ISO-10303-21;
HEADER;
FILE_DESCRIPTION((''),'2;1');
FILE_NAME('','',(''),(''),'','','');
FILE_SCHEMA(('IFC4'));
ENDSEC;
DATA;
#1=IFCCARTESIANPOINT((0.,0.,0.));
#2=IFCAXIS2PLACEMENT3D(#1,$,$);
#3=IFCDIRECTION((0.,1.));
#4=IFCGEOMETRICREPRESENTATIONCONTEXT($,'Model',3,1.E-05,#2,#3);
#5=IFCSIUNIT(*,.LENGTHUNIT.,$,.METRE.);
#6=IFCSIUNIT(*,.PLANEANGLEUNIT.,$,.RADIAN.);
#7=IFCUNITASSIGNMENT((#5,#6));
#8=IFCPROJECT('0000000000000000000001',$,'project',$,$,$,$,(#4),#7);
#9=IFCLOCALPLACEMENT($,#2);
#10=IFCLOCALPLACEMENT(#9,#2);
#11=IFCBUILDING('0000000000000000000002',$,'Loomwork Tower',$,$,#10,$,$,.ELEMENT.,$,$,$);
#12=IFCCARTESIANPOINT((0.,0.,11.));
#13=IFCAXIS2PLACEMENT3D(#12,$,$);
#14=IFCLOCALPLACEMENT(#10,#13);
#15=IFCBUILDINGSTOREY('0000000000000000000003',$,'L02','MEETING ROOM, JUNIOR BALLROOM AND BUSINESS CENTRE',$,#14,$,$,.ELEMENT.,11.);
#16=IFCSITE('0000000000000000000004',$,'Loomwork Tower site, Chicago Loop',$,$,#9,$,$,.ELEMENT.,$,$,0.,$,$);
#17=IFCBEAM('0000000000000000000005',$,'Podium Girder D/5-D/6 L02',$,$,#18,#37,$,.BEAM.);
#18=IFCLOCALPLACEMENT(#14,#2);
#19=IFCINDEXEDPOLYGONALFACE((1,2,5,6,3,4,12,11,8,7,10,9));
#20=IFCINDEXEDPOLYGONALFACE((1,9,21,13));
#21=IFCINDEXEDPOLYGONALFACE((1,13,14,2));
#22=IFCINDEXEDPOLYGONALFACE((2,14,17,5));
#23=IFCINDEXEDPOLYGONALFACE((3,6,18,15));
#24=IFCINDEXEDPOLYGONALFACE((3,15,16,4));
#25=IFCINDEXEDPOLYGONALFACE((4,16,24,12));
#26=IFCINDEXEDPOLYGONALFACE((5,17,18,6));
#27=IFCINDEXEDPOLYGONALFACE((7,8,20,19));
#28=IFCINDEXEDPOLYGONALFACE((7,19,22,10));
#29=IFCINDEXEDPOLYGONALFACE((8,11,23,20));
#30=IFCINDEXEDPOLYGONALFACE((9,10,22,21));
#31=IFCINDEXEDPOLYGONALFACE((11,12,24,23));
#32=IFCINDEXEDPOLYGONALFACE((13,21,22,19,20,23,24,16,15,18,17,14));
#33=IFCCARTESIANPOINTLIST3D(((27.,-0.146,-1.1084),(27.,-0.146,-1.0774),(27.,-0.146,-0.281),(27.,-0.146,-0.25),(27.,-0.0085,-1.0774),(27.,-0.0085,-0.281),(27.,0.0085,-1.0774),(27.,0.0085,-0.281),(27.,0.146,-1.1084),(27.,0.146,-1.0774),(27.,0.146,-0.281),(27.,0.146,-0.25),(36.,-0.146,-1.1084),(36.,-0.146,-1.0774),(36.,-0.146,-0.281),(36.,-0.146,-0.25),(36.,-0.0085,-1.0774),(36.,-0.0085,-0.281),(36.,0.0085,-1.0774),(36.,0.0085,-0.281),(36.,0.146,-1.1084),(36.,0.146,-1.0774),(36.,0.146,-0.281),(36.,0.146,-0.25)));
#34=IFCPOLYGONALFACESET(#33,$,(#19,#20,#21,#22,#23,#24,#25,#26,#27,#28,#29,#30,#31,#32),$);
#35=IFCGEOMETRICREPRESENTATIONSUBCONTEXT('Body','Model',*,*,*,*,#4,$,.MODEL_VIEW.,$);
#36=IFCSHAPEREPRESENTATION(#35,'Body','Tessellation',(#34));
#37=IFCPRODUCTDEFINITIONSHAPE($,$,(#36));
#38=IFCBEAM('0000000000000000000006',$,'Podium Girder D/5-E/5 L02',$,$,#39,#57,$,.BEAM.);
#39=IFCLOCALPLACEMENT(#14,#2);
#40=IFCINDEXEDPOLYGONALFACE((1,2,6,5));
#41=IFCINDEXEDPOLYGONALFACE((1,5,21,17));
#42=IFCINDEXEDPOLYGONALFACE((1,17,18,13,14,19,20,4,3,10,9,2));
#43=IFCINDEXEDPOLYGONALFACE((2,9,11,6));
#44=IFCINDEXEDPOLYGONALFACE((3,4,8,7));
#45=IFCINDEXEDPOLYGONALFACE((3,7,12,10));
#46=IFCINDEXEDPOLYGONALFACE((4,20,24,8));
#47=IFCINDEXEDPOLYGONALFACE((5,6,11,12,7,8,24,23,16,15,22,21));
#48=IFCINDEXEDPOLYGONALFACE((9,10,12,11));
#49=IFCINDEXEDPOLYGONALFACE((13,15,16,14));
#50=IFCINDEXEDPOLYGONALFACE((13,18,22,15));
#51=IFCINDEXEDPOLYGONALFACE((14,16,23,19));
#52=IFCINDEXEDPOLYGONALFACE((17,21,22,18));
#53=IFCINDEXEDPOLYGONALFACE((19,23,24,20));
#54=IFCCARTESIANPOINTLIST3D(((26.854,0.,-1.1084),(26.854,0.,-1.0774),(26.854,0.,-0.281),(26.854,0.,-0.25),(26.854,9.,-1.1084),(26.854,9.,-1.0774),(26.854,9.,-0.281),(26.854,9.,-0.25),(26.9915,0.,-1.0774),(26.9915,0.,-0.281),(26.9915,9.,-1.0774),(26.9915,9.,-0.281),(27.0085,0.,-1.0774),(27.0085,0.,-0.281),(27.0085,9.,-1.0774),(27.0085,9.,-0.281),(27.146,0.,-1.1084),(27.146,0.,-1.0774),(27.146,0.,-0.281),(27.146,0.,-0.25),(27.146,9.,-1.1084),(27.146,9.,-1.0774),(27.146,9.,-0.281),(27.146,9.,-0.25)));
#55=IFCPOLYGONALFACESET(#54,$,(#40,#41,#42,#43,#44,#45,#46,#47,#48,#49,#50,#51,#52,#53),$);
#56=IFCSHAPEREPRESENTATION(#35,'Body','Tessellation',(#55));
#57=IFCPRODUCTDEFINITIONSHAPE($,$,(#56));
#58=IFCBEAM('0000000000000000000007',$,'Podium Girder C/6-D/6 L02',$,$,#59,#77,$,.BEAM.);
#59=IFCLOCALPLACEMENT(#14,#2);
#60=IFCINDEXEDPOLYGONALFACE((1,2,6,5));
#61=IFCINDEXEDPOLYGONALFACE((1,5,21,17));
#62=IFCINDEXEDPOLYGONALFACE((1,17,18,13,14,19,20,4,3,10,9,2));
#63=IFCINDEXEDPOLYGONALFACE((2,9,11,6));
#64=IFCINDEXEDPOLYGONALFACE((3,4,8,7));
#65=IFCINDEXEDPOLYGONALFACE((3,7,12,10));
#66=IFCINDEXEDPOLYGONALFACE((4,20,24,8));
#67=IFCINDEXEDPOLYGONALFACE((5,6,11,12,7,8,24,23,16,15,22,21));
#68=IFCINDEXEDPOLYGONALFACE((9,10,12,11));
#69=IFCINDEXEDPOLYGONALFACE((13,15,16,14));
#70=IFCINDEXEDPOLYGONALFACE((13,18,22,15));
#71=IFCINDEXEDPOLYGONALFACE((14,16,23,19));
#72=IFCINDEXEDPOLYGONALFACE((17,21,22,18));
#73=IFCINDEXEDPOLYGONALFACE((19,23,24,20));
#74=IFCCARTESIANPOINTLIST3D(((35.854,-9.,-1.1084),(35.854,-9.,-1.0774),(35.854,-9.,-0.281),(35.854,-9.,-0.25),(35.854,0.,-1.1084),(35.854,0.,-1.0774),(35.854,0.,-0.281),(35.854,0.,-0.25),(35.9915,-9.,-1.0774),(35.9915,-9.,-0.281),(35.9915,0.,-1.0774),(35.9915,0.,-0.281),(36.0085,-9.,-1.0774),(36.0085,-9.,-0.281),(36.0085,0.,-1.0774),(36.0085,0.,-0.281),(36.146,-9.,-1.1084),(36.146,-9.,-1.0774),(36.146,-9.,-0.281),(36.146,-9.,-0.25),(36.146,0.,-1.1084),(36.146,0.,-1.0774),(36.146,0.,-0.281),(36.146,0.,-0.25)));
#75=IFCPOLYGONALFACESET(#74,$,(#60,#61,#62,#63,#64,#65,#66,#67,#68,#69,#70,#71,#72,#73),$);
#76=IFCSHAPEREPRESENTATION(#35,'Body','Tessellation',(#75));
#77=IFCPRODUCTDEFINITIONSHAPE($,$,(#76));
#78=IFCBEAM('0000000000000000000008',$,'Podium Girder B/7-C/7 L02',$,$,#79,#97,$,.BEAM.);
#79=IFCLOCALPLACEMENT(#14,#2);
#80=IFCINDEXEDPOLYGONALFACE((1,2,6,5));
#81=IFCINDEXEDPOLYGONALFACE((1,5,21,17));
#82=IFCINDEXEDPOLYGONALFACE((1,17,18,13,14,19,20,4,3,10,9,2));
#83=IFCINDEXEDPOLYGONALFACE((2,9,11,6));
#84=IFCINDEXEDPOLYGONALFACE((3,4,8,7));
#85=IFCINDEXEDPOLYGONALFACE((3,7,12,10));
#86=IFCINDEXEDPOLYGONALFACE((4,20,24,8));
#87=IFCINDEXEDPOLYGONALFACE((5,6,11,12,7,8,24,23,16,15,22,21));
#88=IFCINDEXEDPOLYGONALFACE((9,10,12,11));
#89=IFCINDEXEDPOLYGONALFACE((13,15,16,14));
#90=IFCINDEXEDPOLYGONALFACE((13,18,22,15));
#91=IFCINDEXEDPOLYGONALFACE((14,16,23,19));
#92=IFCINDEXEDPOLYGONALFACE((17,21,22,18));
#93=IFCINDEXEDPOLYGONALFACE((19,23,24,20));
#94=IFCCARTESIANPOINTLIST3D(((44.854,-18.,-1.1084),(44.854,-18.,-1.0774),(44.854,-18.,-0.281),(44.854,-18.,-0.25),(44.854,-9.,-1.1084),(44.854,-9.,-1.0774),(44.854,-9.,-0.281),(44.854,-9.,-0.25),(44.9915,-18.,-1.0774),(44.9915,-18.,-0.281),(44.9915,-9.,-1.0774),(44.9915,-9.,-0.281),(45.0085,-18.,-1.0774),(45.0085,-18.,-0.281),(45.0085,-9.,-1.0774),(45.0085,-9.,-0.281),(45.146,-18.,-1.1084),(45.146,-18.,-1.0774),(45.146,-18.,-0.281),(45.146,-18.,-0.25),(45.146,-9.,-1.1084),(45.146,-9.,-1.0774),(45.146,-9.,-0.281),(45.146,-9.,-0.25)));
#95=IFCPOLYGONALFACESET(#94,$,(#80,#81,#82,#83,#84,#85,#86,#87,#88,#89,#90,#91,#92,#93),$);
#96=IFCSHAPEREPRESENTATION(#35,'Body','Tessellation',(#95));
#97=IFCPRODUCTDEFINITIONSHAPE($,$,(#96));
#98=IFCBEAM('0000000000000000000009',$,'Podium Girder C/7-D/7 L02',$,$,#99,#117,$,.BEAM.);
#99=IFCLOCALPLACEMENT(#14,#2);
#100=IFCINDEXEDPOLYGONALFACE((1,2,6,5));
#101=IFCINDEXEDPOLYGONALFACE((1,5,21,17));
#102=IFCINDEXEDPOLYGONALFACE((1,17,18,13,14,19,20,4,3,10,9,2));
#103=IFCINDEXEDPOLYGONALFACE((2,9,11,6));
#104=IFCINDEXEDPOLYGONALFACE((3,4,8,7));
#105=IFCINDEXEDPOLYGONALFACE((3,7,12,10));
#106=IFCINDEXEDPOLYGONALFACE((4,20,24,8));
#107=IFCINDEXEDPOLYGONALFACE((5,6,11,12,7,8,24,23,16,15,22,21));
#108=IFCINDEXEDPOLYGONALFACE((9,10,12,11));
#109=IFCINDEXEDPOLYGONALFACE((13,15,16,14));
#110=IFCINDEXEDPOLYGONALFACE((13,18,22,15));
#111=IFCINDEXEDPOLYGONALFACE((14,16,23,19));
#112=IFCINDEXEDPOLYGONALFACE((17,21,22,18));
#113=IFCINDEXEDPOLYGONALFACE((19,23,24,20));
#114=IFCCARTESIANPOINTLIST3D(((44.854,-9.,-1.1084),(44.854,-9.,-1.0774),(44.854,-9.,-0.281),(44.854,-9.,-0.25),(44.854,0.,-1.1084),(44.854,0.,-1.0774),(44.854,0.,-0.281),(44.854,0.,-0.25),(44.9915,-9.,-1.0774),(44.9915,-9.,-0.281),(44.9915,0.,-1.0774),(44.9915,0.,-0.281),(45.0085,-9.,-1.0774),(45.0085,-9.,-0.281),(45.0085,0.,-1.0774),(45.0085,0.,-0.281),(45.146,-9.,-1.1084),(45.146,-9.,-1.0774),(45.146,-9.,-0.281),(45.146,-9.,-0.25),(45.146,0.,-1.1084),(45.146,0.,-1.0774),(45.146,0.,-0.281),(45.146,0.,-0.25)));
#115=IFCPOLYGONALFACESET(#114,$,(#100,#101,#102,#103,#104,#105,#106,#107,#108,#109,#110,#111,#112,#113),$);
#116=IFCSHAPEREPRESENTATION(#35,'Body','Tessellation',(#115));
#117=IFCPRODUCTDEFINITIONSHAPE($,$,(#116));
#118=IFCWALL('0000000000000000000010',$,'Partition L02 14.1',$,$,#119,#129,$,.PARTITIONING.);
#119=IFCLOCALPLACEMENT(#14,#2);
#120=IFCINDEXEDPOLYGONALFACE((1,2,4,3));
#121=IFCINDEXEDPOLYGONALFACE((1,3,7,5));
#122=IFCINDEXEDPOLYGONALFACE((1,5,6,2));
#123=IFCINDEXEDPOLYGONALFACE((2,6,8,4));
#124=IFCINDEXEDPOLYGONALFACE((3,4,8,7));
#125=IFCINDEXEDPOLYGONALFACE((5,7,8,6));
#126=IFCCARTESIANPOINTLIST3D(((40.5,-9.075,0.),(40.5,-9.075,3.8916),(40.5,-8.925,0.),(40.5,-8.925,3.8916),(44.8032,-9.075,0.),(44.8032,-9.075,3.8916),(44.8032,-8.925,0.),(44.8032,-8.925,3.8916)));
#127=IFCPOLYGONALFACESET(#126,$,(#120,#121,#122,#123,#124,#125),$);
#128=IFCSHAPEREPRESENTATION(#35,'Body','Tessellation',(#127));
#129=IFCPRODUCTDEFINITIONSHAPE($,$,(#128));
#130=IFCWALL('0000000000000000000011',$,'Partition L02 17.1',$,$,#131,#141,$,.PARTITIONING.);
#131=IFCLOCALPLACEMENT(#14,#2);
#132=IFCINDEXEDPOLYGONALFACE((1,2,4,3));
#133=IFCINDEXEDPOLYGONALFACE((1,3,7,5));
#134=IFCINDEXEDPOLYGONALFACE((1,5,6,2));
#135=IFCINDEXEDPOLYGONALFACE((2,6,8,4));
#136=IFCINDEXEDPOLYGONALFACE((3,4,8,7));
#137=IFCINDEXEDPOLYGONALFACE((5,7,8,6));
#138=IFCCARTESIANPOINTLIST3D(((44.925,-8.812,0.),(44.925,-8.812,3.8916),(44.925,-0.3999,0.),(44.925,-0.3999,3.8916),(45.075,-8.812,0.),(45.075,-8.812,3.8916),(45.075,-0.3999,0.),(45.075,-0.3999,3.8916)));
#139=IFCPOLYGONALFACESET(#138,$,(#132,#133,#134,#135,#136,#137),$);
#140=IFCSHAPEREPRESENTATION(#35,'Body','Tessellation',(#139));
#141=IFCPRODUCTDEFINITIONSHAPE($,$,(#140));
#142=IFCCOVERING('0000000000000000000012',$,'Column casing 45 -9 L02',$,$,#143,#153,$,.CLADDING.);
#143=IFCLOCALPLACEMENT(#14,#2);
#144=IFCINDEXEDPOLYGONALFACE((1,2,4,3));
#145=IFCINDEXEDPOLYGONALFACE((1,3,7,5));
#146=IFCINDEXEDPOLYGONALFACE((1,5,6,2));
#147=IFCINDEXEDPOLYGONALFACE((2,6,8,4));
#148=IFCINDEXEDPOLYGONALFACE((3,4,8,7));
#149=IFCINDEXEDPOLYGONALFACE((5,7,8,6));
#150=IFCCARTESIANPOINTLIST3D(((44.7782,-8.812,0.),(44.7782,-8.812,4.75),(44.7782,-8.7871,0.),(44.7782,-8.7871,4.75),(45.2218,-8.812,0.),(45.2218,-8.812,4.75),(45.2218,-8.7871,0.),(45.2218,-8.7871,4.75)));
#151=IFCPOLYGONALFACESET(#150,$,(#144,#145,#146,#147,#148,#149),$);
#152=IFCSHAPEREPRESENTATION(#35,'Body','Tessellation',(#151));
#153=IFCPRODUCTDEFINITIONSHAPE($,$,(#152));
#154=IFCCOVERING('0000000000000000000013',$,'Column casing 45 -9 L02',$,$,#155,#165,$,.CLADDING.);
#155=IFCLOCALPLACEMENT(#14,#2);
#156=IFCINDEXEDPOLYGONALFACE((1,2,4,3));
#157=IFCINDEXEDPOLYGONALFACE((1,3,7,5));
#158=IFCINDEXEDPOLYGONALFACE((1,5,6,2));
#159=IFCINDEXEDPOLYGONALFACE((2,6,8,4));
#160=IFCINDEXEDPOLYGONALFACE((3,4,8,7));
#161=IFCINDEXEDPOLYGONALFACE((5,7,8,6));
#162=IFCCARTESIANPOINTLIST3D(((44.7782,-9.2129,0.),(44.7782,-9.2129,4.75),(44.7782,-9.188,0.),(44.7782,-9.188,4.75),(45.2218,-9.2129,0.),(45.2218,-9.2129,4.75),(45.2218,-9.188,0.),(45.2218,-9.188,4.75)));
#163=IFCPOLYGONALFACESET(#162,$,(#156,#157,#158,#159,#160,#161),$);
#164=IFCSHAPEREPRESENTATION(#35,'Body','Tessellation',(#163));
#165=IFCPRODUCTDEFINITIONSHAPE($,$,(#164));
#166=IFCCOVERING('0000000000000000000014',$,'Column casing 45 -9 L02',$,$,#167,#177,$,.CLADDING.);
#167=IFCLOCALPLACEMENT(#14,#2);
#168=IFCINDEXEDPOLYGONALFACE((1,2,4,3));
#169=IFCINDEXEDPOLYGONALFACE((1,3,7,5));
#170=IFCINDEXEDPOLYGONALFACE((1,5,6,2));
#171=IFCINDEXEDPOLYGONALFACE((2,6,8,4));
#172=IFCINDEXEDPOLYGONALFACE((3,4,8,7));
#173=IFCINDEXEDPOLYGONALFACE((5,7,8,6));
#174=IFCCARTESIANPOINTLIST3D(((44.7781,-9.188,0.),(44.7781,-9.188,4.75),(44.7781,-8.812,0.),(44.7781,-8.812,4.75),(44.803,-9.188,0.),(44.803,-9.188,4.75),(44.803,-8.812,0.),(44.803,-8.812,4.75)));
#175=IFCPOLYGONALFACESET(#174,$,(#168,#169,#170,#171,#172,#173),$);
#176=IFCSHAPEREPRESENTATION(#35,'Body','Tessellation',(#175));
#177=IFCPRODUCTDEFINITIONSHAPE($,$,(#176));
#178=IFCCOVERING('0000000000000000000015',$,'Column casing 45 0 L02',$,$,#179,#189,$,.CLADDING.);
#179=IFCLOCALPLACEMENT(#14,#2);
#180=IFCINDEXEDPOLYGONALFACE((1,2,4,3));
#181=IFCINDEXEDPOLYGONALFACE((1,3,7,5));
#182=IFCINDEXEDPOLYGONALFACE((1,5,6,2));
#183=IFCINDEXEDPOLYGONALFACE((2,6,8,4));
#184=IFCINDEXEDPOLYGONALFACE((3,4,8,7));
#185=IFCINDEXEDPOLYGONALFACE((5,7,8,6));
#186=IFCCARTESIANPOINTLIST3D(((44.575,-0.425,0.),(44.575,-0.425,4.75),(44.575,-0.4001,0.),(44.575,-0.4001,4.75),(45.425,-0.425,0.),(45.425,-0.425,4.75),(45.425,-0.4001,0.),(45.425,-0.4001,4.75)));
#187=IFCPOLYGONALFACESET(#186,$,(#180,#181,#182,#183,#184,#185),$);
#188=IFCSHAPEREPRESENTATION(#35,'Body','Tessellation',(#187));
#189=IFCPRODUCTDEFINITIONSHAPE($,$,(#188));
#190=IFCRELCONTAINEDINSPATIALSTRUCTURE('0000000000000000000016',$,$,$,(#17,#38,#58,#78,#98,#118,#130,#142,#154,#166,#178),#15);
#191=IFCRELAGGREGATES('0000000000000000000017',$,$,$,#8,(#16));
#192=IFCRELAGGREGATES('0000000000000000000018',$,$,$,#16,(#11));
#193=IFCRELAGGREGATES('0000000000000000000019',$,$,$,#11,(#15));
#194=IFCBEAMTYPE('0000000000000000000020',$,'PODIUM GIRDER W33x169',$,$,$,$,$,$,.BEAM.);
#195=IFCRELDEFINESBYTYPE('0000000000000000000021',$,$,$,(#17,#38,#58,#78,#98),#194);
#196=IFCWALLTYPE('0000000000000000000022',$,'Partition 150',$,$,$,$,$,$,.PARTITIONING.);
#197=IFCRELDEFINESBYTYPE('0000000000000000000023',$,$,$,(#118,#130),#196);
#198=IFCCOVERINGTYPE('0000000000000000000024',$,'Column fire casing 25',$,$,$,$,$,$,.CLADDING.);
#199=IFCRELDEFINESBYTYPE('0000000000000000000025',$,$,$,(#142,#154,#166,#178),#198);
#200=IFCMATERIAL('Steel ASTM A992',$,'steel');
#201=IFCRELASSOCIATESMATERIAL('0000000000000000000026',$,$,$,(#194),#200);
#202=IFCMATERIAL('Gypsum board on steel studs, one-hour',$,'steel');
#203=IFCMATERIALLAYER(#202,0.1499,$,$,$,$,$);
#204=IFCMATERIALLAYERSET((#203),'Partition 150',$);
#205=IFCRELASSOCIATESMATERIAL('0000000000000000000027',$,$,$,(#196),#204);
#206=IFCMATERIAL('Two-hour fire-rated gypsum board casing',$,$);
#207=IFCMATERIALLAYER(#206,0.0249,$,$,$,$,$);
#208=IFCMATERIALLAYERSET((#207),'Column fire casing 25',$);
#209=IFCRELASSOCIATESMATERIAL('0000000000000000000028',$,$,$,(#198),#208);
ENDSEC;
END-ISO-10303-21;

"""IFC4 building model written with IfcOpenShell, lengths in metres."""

from ifc_helpers import new_model, si_unit, direction, frame, frame_2d, origin, origin_2d, place, context, subcontext, project, spatial, rectangle, i_section, extrude, material, layer, layer_set, material_profile, profile_set, type_object, element, save


model = new_model("IFC4")

# Units and contexts
model_context = context("Model", 3, precision=1e-05, world=origin(), true_north=direction((0.0, 1.0)))
body_context = subcontext(model_context, "Body", "Model", "MODEL_VIEW")
ifc_project = project(units=[si_unit("LENGTHUNIT", "METRE"), si_unit("PLANEANGLEUNIT", "RADIAN")], contexts=[model_context])

# Site, building, storey
site_placement = place(None, origin())
site = spatial("IfcSite", under=ifc_project, at=site_placement, Name="Loomwork Tower site, Chicago Loop", CompositionType="ELEMENT", RefElevation=0.0)
building_placement = place(site_placement, origin())
building = spatial("IfcBuilding", under=site, at=building_placement, Name="Loomwork Tower", CompositionType="ELEMENT")
storey_placement = place(building_placement, frame((0.0, 0.0, 11.0)))
storey = spatial("IfcBuildingStorey", under=building, at=storey_placement, Name="L02", Description="MEETING ROOM, JUNIOR BALLROOM AND BUSINESS CENTRE", CompositionType="ELEMENT", Elevation=11.0)

# Beams
ifc_material_1 = material(Name="Steel ASTM A992", Category="steel")
ifc_material_profile_1 = material_profile(ifc_material_1, i_section(OverallWidth=0.292, OverallDepth=0.8584, WebThickness=0.0171, FlangeThickness=0.031, at=origin_2d()), Name="W33x169")
ifc_profile_set_1 = profile_set([ifc_material_profile_1], Name="Steel ASTM A992")
beam_type_1 = type_object("IfcBeamType", Name="PODIUM GIRDER W33x169", PredefinedType="BEAM", material=ifc_profile_set_1)
for number, where, z_axis, x_axis, name in (
    (1, (27.0, 0.0, -0.6792), (1.0, 0.0, 0.0), (0.0, 1.0, 0.0), "Podium Girder D/5-D/6 L02"),
    (2, (27.0, 0.0, -0.6792), (0.0, 1.0, 0.0), (-1.0, 0.0, 0.0), "Podium Girder D/5-E/5 L02"),
    (3, (36.0, -9.0, -0.6792), (0.0, 1.0, 0.0), (-1.0, 0.0, 0.0), "Podium Girder C/6-D/6 L02"),
    (4, (45.0, -18.0, -0.6792), (0.0, 1.0, 0.0), (-1.0, 0.0, 0.0), "Podium Girder B/7-C/7 L02"),
    (5, (45.0, -9.0, -0.6792), (0.0, 1.0, 0.0), (-1.0, 0.0, 0.0), "Podium Girder C/7-D/7 L02"),
):
    element("IfcBeam", number, at=place(storey_placement, frame(where, z_axis=z_axis, x_axis=x_axis)), inside=storey, type_object=beam_type_1, Name=name, PredefinedType="BEAM", context=body_context, shape_type="SweptSolid", body=[
        extrude(i_section(OverallWidth=0.292, OverallDepth=0.8584, WebThickness=0.0171, FlangeThickness=0.031, at=origin_2d()), origin(), (0.0, 0.0, 1.0), 9.0),
    ])

# Walls
ifc_material_2 = material(Name="Gypsum board on steel studs, one-hour", Category="steel")
ifc_layer_1 = layer(ifc_material_2, 0.1499)
ifc_layer_set_1 = layer_set([ifc_layer_1], Name="Partition 150")
wall_type = type_object("IfcWallType", Name="Partition 150", PredefinedType="PARTITIONING", material=ifc_layer_set_1)
wall_1_placement = place(storey_placement, frame((40.5, -9.0, 0.0), z_axis=(0.0, 0.0, 1.0), x_axis=(1.0, 0.0, 0.0)))
element("IfcWall", 6, at=wall_1_placement, inside=storey, type_object=wall_type, Name="Partition L02 14.1", PredefinedType="PARTITIONING", context=body_context, shape_type="SweptSolid", body=[
    extrude(rectangle(XDim=4.3032, YDim=0.1499, at=frame_2d((2.1516, 0.0))), origin(), (0.0, 0.0, 1.0), 3.8916),
])
wall_2_placement = place(storey_placement, frame((45.0, -8.812, 0.0), z_axis=(0.0, 0.0, 1.0), x_axis=(0.0, 1.0, 0.0)))
element("IfcWall", 7, at=wall_2_placement, inside=storey, type_object=wall_type, Name="Partition L02 17.1", PredefinedType="PARTITIONING", context=body_context, shape_type="SweptSolid", body=[
    extrude(rectangle(XDim=8.4121, YDim=0.1499, at=frame_2d((4.2061, 0.0))), origin(), (0.0, 0.0, 1.0), 3.8916),
])

# Coverings
ifc_material_3 = material(Name="Two-hour fire-rated gypsum board casing")
ifc_layer_2 = layer(ifc_material_3, 0.0249)
ifc_layer_set_2 = layer_set([ifc_layer_2], Name="Column fire casing 25")
covering_type = type_object("IfcCoveringType", Name="Column fire casing 25", PredefinedType="CLADDING", material=ifc_layer_set_2)
for number, where, z_axis, x_axis, name in (
    (8, (45.0, -8.7996, 0.0), (0.0, 0.0, 1.0), (1.0, 0.0, 0.0), "Column casing 45 -9 L02"),
    (9, (45.0, -9.2004, 0.0), (0.0, 0.0, 1.0), (1.0, 0.0, 0.0), "Column casing 45 -9 L02"),
):
    element("IfcCovering", number, at=place(storey_placement, frame(where, z_axis=z_axis, x_axis=x_axis)), inside=storey, type_object=covering_type, Name=name, PredefinedType="CLADDING", context=body_context, shape_type="SweptSolid", body=[
        extrude(rectangle(XDim=0.4436, YDim=0.0249, at=origin_2d()), origin(), (0.0, 0.0, 1.0), 4.75),
    ])
covering_1_placement = place(storey_placement, frame((44.7905, -9.0, 0.0), z_axis=(0.0, 0.0, 1.0), x_axis=(1.0, 0.0, 0.0)))
element("IfcCovering", 10, at=covering_1_placement, inside=storey, type_object=covering_type, Name="Column casing 45 -9 L02", PredefinedType="CLADDING", context=body_context, shape_type="SweptSolid", body=[
    extrude(rectangle(XDim=0.0249, YDim=0.376, at=origin_2d()), origin(), (0.0, 0.0, 1.0), 4.75),
])
covering_2_placement = place(storey_placement, frame((45.0, -0.4126, 0.0), z_axis=(0.0, 0.0, 1.0), x_axis=(1.0, 0.0, 0.0)))
element("IfcCovering", 11, at=covering_2_placement, inside=storey, type_object=covering_type, Name="Column casing 45 0 L02", PredefinedType="CLADDING", context=body_context, shape_type="SweptSolid", body=[
    extrude(rectangle(XDim=0.8501, YDim=0.0249, at=origin_2d()), origin(), (0.0, 0.0, 1.0), 4.75),
])

save(model, "model.ifc")
